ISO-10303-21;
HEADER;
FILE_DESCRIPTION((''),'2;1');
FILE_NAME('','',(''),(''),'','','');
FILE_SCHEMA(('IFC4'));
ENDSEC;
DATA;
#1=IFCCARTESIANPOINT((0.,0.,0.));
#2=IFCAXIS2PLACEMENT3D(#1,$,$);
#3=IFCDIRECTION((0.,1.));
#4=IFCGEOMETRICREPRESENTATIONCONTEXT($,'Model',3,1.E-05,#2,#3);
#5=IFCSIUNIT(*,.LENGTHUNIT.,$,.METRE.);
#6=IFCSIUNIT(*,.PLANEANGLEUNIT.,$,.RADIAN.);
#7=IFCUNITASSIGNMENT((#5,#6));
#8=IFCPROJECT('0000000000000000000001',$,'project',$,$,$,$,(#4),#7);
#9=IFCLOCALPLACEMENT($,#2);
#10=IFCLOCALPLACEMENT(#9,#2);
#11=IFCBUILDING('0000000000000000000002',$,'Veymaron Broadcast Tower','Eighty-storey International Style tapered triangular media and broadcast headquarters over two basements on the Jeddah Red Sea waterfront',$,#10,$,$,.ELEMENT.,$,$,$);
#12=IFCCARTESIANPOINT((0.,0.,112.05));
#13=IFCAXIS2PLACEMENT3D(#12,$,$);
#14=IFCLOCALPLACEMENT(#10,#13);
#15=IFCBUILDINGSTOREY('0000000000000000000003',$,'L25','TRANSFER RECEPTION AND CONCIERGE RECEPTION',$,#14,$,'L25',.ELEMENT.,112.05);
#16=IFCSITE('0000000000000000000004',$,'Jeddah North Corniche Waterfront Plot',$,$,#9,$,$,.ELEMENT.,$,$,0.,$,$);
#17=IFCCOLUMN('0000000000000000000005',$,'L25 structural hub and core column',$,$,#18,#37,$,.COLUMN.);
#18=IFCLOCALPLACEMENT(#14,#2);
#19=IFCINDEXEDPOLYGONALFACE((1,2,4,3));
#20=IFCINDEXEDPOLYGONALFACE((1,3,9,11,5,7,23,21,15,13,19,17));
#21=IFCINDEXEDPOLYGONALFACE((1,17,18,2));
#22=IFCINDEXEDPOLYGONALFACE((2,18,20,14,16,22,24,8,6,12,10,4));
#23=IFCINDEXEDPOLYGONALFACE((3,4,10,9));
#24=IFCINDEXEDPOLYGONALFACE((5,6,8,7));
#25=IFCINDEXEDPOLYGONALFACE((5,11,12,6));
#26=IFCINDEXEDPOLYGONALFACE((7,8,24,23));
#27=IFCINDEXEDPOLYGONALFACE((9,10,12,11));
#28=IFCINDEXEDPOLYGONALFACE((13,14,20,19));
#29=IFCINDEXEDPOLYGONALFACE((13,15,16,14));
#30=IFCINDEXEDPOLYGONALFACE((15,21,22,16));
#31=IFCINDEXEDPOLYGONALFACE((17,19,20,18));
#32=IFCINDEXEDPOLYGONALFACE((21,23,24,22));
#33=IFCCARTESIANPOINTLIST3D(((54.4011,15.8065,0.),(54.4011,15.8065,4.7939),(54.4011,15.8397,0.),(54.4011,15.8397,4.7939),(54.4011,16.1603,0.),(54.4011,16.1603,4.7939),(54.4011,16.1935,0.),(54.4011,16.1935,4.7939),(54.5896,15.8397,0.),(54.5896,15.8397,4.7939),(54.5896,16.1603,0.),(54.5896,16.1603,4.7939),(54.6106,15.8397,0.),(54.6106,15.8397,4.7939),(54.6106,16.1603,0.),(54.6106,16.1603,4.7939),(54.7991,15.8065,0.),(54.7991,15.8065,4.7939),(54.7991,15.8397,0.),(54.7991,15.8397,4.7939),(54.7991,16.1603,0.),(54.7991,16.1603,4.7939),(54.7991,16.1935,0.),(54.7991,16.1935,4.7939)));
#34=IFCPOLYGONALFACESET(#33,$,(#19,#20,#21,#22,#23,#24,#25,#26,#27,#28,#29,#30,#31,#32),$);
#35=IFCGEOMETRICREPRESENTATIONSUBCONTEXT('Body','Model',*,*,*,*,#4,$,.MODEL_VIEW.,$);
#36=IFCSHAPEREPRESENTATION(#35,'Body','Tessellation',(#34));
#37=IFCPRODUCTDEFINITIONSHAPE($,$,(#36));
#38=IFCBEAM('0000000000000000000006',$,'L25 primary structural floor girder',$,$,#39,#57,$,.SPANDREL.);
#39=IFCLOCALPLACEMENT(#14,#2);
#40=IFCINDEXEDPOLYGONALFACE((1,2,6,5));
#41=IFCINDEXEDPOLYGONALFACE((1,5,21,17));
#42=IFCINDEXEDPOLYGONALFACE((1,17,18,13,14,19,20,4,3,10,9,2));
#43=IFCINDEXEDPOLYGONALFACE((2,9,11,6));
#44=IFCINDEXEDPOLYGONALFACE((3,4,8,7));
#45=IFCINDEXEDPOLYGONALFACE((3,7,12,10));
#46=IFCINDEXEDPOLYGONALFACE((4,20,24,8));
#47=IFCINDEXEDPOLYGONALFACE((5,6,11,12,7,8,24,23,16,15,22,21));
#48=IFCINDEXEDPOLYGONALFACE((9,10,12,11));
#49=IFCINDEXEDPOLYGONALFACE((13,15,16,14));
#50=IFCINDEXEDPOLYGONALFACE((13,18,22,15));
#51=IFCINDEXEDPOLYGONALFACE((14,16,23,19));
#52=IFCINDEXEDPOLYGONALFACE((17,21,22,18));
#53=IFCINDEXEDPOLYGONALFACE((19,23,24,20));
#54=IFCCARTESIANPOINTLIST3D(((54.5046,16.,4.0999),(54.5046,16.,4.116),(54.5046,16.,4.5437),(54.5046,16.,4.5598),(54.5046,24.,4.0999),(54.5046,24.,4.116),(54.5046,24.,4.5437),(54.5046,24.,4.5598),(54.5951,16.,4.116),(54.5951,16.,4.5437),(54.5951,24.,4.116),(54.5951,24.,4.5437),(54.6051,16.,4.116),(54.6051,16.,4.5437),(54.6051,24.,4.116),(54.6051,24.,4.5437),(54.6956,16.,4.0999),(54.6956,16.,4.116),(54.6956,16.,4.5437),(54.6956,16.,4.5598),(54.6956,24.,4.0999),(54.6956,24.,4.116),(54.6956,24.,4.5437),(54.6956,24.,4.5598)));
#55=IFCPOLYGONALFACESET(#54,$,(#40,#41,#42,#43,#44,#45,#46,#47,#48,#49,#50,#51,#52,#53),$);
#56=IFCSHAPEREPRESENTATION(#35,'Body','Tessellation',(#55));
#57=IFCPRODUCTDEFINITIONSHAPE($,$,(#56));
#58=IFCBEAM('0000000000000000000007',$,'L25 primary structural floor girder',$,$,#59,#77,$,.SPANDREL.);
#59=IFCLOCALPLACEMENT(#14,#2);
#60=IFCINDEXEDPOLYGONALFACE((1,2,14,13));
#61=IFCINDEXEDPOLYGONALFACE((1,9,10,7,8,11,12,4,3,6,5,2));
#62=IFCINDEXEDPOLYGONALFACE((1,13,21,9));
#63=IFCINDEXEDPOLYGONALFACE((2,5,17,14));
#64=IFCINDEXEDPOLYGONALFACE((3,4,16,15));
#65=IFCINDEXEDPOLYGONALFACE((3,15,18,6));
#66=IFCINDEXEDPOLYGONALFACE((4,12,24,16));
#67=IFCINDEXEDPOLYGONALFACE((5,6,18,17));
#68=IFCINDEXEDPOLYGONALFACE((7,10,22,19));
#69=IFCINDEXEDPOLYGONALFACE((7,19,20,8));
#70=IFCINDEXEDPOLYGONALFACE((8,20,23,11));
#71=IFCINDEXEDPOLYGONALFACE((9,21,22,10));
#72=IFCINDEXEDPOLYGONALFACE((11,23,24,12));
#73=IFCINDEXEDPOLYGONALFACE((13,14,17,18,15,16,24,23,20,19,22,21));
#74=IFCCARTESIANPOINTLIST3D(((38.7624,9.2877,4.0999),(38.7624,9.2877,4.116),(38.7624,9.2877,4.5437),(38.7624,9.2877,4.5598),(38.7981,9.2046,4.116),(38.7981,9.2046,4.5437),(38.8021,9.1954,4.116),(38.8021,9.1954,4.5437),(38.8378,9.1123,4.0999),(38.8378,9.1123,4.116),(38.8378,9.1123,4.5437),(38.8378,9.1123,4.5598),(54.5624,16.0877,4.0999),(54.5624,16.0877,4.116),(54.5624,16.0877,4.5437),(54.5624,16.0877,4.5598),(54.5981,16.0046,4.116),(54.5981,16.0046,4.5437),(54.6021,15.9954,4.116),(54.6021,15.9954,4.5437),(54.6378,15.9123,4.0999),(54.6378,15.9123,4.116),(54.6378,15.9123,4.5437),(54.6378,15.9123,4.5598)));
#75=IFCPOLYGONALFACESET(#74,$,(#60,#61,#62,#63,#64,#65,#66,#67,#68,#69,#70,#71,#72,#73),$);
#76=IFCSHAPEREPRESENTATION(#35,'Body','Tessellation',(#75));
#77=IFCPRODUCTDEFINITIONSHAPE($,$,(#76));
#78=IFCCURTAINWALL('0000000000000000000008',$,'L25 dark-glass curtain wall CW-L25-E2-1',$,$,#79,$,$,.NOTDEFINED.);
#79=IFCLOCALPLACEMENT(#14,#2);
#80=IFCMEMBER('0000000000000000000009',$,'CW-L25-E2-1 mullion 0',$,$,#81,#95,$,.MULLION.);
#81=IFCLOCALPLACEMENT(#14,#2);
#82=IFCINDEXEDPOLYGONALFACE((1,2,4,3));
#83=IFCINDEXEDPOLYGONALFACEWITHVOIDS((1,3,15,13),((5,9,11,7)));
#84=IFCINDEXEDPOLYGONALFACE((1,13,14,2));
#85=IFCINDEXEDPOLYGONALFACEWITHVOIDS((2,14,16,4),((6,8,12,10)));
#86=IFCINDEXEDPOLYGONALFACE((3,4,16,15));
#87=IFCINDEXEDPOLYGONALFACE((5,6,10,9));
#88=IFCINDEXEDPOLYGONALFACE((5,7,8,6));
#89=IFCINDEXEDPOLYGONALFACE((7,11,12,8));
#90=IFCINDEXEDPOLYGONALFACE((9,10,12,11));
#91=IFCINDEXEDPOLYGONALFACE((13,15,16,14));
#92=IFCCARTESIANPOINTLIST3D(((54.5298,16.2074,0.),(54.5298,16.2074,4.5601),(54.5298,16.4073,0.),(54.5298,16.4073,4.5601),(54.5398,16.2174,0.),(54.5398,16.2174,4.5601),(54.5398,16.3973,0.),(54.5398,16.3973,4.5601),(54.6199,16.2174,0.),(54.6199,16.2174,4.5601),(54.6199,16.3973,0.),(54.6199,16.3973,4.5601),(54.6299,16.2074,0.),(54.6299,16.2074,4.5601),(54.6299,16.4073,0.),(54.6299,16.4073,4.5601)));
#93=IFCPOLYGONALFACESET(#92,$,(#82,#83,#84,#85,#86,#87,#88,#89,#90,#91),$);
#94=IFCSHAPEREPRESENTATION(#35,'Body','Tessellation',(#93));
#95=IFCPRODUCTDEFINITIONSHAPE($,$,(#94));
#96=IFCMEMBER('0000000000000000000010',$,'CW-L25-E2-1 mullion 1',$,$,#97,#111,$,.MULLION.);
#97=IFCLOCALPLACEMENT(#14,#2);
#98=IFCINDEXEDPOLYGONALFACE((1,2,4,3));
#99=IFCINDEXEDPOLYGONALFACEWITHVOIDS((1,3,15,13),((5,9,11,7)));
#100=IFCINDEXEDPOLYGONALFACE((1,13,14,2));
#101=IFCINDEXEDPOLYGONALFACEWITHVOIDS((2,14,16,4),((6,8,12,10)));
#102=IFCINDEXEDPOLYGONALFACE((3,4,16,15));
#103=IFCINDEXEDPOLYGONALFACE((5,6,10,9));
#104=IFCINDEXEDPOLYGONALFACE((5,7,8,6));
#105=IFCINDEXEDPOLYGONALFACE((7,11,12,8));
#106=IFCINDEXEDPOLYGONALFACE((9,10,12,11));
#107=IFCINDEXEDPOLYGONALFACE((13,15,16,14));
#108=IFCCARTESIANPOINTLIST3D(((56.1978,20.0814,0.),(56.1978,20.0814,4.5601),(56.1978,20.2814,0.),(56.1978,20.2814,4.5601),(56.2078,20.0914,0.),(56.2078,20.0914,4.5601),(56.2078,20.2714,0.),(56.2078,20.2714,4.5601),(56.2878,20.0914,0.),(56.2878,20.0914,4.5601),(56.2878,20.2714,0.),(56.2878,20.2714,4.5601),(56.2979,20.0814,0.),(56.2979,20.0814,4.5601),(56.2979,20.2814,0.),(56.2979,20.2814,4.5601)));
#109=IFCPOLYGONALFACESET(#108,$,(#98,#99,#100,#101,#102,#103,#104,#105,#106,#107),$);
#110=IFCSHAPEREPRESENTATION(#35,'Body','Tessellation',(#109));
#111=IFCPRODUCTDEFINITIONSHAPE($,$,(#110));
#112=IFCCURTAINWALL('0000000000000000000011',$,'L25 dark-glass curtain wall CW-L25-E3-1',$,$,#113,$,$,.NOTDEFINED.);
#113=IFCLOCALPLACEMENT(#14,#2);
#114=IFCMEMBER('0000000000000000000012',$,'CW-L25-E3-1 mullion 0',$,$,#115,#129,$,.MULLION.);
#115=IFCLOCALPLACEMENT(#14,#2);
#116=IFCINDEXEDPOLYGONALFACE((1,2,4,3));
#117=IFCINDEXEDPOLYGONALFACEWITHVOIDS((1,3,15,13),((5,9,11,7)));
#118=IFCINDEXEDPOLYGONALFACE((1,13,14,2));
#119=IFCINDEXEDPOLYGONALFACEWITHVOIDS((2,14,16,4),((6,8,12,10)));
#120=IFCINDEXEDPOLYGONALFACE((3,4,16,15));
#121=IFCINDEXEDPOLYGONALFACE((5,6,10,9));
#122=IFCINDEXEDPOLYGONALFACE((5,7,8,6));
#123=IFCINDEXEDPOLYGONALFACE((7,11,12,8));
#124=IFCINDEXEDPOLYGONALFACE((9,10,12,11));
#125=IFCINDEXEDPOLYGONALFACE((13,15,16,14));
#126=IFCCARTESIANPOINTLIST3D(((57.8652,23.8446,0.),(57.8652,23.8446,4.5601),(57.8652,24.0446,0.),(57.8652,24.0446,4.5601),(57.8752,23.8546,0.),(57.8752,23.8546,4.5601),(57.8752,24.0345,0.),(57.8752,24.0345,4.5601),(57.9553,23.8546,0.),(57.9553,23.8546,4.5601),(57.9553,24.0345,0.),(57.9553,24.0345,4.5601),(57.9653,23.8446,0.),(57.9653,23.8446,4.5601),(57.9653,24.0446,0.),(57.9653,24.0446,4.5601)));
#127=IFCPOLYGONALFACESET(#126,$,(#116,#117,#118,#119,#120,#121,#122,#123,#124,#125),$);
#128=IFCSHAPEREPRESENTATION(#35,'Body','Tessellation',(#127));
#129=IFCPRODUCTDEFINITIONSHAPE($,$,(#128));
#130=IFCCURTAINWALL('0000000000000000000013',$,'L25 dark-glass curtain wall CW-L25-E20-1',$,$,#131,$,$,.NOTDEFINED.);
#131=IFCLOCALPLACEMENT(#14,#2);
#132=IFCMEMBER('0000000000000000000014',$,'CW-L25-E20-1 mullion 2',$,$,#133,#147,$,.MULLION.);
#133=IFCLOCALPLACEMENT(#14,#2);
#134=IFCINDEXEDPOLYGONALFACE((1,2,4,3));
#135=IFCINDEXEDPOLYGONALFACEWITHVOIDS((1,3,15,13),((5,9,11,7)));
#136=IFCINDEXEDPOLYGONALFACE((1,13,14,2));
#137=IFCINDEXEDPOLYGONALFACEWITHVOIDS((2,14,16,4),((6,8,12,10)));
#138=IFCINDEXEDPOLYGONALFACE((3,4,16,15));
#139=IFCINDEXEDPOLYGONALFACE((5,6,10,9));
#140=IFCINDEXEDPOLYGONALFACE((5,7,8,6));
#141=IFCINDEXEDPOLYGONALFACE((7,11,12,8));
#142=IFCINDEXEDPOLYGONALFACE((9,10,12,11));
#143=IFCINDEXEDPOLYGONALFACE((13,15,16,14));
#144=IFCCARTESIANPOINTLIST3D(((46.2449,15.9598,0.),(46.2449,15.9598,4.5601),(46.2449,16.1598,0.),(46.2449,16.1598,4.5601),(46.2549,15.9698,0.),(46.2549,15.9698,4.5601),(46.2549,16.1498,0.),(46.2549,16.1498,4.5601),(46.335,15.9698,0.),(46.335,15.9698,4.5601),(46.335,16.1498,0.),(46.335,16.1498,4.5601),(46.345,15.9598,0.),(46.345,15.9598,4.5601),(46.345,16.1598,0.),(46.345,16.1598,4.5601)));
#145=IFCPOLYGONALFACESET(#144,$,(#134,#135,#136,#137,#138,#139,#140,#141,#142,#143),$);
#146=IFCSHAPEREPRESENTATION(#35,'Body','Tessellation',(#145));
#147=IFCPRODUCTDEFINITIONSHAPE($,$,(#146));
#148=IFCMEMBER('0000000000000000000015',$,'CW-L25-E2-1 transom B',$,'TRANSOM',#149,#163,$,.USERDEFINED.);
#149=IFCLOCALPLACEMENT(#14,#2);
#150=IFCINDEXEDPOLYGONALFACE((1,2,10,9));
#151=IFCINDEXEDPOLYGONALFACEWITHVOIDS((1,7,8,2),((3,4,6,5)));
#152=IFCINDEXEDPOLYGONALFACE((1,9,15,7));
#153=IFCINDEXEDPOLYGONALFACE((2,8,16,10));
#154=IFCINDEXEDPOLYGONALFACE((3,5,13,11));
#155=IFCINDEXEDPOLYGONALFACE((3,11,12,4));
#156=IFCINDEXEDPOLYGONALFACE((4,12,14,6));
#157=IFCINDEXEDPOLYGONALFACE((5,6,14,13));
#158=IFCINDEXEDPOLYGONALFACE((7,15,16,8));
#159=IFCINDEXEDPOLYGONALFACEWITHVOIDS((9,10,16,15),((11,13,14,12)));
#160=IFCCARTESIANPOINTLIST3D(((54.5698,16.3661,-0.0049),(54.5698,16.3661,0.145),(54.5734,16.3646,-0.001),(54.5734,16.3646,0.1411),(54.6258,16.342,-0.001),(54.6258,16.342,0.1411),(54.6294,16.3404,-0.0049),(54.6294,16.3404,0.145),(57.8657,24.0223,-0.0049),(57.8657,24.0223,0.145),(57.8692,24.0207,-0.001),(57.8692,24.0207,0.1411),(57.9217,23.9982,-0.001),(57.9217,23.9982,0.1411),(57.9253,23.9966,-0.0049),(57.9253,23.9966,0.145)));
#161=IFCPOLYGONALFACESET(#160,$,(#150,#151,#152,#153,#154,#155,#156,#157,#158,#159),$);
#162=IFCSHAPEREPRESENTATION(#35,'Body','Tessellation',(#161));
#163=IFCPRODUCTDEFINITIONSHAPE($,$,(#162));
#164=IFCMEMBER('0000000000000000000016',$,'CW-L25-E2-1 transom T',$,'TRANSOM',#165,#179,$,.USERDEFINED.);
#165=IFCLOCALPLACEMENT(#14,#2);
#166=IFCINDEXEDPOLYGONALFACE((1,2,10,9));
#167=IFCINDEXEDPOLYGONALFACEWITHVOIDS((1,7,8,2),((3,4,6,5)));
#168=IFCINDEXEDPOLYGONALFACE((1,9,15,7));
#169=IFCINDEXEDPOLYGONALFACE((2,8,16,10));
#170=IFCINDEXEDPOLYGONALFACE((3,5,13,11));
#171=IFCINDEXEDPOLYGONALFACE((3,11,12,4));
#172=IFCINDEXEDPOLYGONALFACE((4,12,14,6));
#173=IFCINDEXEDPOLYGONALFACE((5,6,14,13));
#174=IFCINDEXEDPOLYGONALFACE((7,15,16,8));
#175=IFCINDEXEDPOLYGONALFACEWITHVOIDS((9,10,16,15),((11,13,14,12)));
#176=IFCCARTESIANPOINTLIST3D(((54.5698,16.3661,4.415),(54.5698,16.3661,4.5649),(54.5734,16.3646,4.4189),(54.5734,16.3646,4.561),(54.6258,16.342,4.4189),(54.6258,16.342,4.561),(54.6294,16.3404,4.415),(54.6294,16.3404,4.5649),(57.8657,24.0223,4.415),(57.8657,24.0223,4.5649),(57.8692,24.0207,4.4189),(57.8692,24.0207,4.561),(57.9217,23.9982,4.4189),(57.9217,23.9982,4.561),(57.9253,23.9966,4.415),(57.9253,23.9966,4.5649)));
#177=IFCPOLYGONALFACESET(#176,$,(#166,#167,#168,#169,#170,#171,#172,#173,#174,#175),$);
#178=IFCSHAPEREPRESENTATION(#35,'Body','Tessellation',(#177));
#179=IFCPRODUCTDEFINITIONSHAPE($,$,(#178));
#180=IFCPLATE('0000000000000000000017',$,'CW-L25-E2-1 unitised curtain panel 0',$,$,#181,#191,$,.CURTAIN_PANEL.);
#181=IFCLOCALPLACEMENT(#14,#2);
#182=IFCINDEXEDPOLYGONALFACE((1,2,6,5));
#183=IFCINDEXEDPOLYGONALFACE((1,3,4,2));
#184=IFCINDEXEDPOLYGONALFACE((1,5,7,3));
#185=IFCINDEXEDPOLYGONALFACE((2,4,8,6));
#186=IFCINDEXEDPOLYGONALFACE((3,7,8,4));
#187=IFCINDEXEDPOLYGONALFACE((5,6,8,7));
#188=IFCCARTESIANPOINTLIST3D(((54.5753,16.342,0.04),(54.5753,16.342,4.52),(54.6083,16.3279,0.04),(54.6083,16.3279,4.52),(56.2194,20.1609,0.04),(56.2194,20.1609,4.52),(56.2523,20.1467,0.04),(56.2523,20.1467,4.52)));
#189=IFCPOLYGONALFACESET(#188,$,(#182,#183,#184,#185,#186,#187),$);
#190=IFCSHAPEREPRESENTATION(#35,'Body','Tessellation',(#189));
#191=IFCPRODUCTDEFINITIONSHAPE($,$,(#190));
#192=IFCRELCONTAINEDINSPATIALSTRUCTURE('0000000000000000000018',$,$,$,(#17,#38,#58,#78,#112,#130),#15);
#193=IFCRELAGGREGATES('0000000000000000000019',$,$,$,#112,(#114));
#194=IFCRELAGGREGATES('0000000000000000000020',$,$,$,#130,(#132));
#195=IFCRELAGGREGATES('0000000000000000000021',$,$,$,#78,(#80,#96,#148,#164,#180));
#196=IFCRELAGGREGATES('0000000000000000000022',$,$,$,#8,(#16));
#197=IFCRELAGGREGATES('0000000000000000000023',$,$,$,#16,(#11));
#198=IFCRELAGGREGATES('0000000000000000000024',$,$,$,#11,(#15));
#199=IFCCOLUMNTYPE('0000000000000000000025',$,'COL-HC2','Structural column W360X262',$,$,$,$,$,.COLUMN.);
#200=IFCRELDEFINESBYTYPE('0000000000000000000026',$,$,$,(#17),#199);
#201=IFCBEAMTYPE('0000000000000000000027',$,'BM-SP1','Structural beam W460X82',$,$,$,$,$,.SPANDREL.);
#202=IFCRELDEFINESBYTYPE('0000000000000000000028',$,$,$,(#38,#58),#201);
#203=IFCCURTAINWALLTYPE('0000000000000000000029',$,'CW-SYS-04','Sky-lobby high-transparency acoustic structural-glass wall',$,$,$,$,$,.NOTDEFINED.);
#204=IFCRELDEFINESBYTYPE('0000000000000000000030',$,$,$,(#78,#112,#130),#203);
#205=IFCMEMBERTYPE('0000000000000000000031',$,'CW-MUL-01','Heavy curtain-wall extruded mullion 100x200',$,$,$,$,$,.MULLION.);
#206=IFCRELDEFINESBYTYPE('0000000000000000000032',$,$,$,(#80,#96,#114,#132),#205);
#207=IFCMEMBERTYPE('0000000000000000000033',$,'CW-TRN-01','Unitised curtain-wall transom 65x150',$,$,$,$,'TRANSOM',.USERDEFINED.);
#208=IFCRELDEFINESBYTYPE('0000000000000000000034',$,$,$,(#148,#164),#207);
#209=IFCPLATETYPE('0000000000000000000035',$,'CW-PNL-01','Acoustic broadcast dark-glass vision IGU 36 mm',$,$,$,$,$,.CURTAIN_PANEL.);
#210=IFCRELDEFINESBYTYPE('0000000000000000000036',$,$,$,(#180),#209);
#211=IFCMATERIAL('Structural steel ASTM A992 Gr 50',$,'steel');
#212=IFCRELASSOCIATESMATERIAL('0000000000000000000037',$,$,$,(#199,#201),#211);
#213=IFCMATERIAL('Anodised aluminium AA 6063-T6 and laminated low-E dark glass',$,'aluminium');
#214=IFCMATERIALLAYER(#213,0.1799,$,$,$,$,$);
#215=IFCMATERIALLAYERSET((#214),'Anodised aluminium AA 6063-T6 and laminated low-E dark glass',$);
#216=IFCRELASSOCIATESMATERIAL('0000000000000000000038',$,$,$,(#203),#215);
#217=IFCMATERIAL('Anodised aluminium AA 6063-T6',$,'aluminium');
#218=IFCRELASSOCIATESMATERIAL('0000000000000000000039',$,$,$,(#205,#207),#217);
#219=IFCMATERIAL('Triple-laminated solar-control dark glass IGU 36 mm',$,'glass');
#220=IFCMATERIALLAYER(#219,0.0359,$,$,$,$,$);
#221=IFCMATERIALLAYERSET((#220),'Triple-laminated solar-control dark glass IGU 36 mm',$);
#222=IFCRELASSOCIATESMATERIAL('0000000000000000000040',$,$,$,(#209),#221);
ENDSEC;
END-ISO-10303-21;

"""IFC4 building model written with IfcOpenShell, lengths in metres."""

from ifc_helpers import new_model, si_unit, direction, frame, origin, origin_2d, place, context, subcontext, project, spatial, rectangle, hollow_rectangle, i_section, extrude, material, layer, layer_set, material_profile, profile_set, type_object, element, aggregate, save


model = new_model("IFC4")

# Units and contexts
model_context = context("Model", 3, precision=1e-05, world=origin(), true_north=direction((0.0, 1.0)))
body_context = subcontext(model_context, "Body", "Model", "MODEL_VIEW")
ifc_project = project(units=[si_unit("LENGTHUNIT", "METRE"), si_unit("PLANEANGLEUNIT", "RADIAN")], contexts=[model_context])

# Site, building, storey
site_placement = place(None, origin())
site = spatial("IfcSite", under=ifc_project, at=site_placement, Name="Jeddah North Corniche Waterfront Plot", CompositionType="ELEMENT", RefElevation=0.0)
building_placement = place(site_placement, origin())
building = spatial("IfcBuilding", under=site, at=building_placement, Name="Veymaron Broadcast Tower", Description="Eighty-storey International Style tapered triangular media and broadcast headquarters over two basements on the Jeddah Red Sea waterfront", CompositionType="ELEMENT")
storey_placement = place(building_placement, frame((0.0, 0.0, 112.05)))
storey = spatial("IfcBuildingStorey", under=building, at=storey_placement, Name="L25", Description="TRANSFER RECEPTION AND CONCIERGE RECEPTION", LongName="L25", CompositionType="ELEMENT", Elevation=112.05)

# Column
ifc_material_1 = material(Name="Structural steel ASTM A992 Gr 50", Category="steel")
ifc_material_profile_1 = material_profile(ifc_material_1, i_section(OverallWidth=0.3979, OverallDepth=0.387, WebThickness=0.021, FlangeThickness=0.0332, at=origin_2d()), Name="W360X262")
ifc_profile_set_1 = profile_set([ifc_material_profile_1], Name="Structural steel ASTM A992 Gr 50")
column_type = type_object("IfcColumnType", Name="COL-HC2", Description="Structural column W360X262", PredefinedType="COLUMN", material=ifc_profile_set_1)
column_placement = place(storey_placement, frame((54.6001, 16.0, 0.0), z_axis=(0.0, 0.0, 1.0), x_axis=(1.0, 0.0, 0.0)))
element("IfcColumn", 1, at=column_placement, inside=storey, type_object=column_type, Name="L25 structural hub and core column", PredefinedType="COLUMN", context=body_context, shape_type="SweptSolid", body=[
    extrude(i_section(OverallWidth=0.3979, OverallDepth=0.387, WebThickness=0.021, FlangeThickness=0.0332, at=origin_2d()), origin(), (0.0, 0.0, 1.0), 4.7939),
])

# Beams
ifc_material_profile_2 = material_profile(ifc_material_1, i_section(OverallWidth=0.1909, OverallDepth=0.46, WebThickness=0.01, FlangeThickness=0.0161, at=origin_2d()), Name="W460X82")
ifc_profile_set_2 = profile_set([ifc_material_profile_2], Name="Structural steel ASTM A992 Gr 50")
beam_type = type_object("IfcBeamType", Name="BM-SP1", Description="Structural beam W460X82", PredefinedType="SPANDREL", material=ifc_profile_set_2)
beam_1_placement = place(storey_placement, frame((54.6001, 16.0, 4.3298), z_axis=(0.0, 1.0, 0.0), x_axis=(-1.0, 0.0, 0.0)))
element("IfcBeam", 2, at=beam_1_placement, inside=storey, type_object=beam_type, Name="L25 primary structural floor girder", PredefinedType="SPANDREL", context=body_context, shape_type="SweptSolid", body=[
    extrude(i_section(OverallWidth=0.1909, OverallDepth=0.46, WebThickness=0.01, FlangeThickness=0.0161, at=origin_2d()), origin(), (0.0, 0.0, 1.0), 8.0),
])
beam_2_placement = place(storey_placement, frame((54.6001, 16.0, 4.3298), z_axis=(-0.918542, -0.395323, 0.0), x_axis=(0.395323, -0.918542, 0.0)))
element("IfcBeam", 3, at=beam_2_placement, inside=storey, type_object=beam_type, Name="L25 primary structural floor girder", PredefinedType="SPANDREL", context=body_context, shape_type="SweptSolid", body=[
    extrude(i_section(OverallWidth=0.1909, OverallDepth=0.46, WebThickness=0.01, FlangeThickness=0.0161, at=origin_2d()), origin(), (0.0, 0.0, 1.0), 17.2012),
])

# Curtain wall, members
ifc_material_2 = material(Name="Anodised aluminium AA 6063-T6 and laminated low-E dark glass", Category="aluminium")
ifc_layer_1 = layer(ifc_material_2, 0.1799)
ifc_layer_set_1 = layer_set([ifc_layer_1], Name="Anodised aluminium AA 6063-T6 and laminated low-E dark glass")
curtain_wall_type = type_object("IfcCurtainWallType", Name="CW-SYS-04", Description="Sky-lobby high-transparency acoustic structural-glass wall", PredefinedType="NOTDEFINED", material=ifc_layer_set_1)
curtain_wall_1_placement = place(storey_placement, origin())
curtain_wall_1 = element("IfcCurtainWall", 4, at=curtain_wall_1_placement, inside=storey, type_object=curtain_wall_type, Name="L25 dark-glass curtain wall CW-L25-E2-1", PredefinedType="NOTDEFINED")
ifc_material_3 = material(Name="Anodised aluminium AA 6063-T6", Category="aluminium")
ifc_material_profile_3 = material_profile(ifc_material_3, hollow_rectangle(XDim=0.1001, YDim=0.2, WallThickness=0.01, at=origin_2d()), Name="RHS200X100X10")
ifc_profile_set_3 = profile_set([ifc_material_profile_3], Name="Anodised aluminium AA 6063-T6")
member_type_1 = type_object("IfcMemberType", Name="CW-MUL-01", Description="Heavy curtain-wall extruded mullion 100x200", PredefinedType="MULLION", material=ifc_profile_set_3)
member_1_placement = place(storey_placement, frame((54.5798, 16.3074, 0.0), z_axis=(0.0, 0.0, 1.0), x_axis=(1.0, 0.0, 0.0)))
member_1 = element("IfcMember", 5, at=member_1_placement, type_object=member_type_1, Name="CW-L25-E2-1 mullion 0", PredefinedType="MULLION", context=body_context, shape_type="SweptSolid", body=[
    extrude(hollow_rectangle(XDim=0.1001, YDim=0.2, WallThickness=0.01, at=origin_2d()), origin(), (0.0, 0.0, 1.0), 4.5601),
])
member_2_placement = place(storey_placement, frame((56.2478, 20.1814, 0.0), z_axis=(0.0, 0.0, 1.0), x_axis=(1.0, 0.0, 0.0)))
member_2 = element("IfcMember", 6, at=member_2_placement, type_object=member_type_1, Name="CW-L25-E2-1 mullion 1", PredefinedType="MULLION", context=body_context, shape_type="SweptSolid", body=[
    extrude(hollow_rectangle(XDim=0.1001, YDim=0.2, WallThickness=0.01, at=origin_2d()), origin(), (0.0, 0.0, 1.0), 4.5601),
])

# Curtain walls, members
curtain_wall_2_placement = place(storey_placement, origin())
curtain_wall_2 = element("IfcCurtainWall", 7, at=curtain_wall_2_placement, inside=storey, type_object=curtain_wall_type, Name="L25 dark-glass curtain wall CW-L25-E3-1", PredefinedType="NOTDEFINED")
member_3_placement = place(storey_placement, frame((57.9153, 23.9446, 0.0), z_axis=(0.0, 0.0, 1.0), x_axis=(1.0, 0.0, 0.0)))
member_3 = element("IfcMember", 8, at=member_3_placement, type_object=member_type_1, Name="CW-L25-E3-1 mullion 0", PredefinedType="MULLION", context=body_context, shape_type="SweptSolid", body=[
    extrude(hollow_rectangle(XDim=0.1001, YDim=0.2, WallThickness=0.01, at=origin_2d()), origin(), (0.0, 0.0, 1.0), 4.5601),
])
aggregate(curtain_wall_2, [member_3])
curtain_wall_3_placement = place(storey_placement, origin())
curtain_wall_3 = element("IfcCurtainWall", 9, at=curtain_wall_3_placement, inside=storey, type_object=curtain_wall_type, Name="L25 dark-glass curtain wall CW-L25-E20-1", PredefinedType="NOTDEFINED")
member_4_placement = place(storey_placement, frame((46.2949, 16.0598, 0.0), z_axis=(0.0, 0.0, 1.0), x_axis=(1.0, 0.0, 0.0)))
member_4 = element("IfcMember", 10, at=member_4_placement, type_object=member_type_1, Name="CW-L25-E20-1 mullion 2", PredefinedType="MULLION", context=body_context, shape_type="SweptSolid", body=[
    extrude(hollow_rectangle(XDim=0.1001, YDim=0.2, WallThickness=0.01, at=origin_2d()), origin(), (0.0, 0.0, 1.0), 4.5601),
])
aggregate(curtain_wall_3, [member_4])

# Members
ifc_material_profile_4 = material_profile(ifc_material_3, hollow_rectangle(XDim=0.0649, YDim=0.1499, WallThickness=0.0039, at=origin_2d()), Name="AL150X65X4")
ifc_profile_set_4 = profile_set([ifc_material_profile_4], Name="Anodised aluminium AA 6063-T6")
member_type_2 = type_object("IfcMemberType", Name="CW-TRN-01", Description="Unitised curtain-wall transom 65x150", ElementType="TRANSOM", PredefinedType="USERDEFINED", material=ifc_profile_set_4)
member_5_placement = place(storey_placement, frame((54.5996, 16.3533, 0.0701), z_axis=(0.395403, 0.918508, 0.0), x_axis=(-0.918508, 0.395403, 0.0)))
member_5 = element("IfcMember", 11, at=member_5_placement, type_object=member_type_2, Name="CW-L25-E2-1 transom B", ObjectType="TRANSOM", PredefinedType="USERDEFINED", context=body_context, shape_type="SweptSolid", body=[
    extrude(hollow_rectangle(XDim=0.0649, YDim=0.1499, WallThickness=0.0039, at=origin_2d()), origin(), (0.0, 0.0, 1.0), 8.3354),
])
member_6_placement = place(storey_placement, frame((54.5996, 16.3533, 4.49), z_axis=(0.395403, 0.918508, 0.0), x_axis=(-0.918508, 0.395403, 0.0)))
member_6 = element("IfcMember", 12, at=member_6_placement, type_object=member_type_2, Name="CW-L25-E2-1 transom T", ObjectType="TRANSOM", PredefinedType="USERDEFINED", context=body_context, shape_type="SweptSolid", body=[
    extrude(hollow_rectangle(XDim=0.0649, YDim=0.1499, WallThickness=0.0039, at=origin_2d()), origin(), (0.0, 0.0, 1.0), 8.3354),
])

# Plate
ifc_material_4 = material(Name="Triple-laminated solar-control dark glass IGU 36 mm", Category="glass")
ifc_layer_2 = layer(ifc_material_4, 0.0359)
ifc_layer_set_2 = layer_set([ifc_layer_2], Name="Triple-laminated solar-control dark glass IGU 36 mm")
plate_type = type_object("IfcPlateType", Name="CW-PNL-01", Description="Acoustic broadcast dark-glass vision IGU 36 mm", PredefinedType="CURTAIN_PANEL", material=ifc_layer_set_2)
plate_1_placement = place(storey_placement, frame((55.4138, 18.2444, 0.04), z_axis=(0.0, 0.0, 1.0), x_axis=(0.395417, 0.918502, 0.0)))
plate_1 = element("IfcPlate", 13, at=plate_1_placement, type_object=plate_type, Name="CW-L25-E2-1 unitised curtain panel 0", PredefinedType="CURTAIN_PANEL", context=body_context, shape_type="SweptSolid", body=[
    extrude(rectangle(XDim=4.1577, YDim=0.0359, at=origin_2d()), origin(), (0.0, 0.0, 1.0), 4.48),
])
aggregate(curtain_wall_1, [member_1, member_2, member_5, member_6, plate_1])

save(model, "model.ifc")
